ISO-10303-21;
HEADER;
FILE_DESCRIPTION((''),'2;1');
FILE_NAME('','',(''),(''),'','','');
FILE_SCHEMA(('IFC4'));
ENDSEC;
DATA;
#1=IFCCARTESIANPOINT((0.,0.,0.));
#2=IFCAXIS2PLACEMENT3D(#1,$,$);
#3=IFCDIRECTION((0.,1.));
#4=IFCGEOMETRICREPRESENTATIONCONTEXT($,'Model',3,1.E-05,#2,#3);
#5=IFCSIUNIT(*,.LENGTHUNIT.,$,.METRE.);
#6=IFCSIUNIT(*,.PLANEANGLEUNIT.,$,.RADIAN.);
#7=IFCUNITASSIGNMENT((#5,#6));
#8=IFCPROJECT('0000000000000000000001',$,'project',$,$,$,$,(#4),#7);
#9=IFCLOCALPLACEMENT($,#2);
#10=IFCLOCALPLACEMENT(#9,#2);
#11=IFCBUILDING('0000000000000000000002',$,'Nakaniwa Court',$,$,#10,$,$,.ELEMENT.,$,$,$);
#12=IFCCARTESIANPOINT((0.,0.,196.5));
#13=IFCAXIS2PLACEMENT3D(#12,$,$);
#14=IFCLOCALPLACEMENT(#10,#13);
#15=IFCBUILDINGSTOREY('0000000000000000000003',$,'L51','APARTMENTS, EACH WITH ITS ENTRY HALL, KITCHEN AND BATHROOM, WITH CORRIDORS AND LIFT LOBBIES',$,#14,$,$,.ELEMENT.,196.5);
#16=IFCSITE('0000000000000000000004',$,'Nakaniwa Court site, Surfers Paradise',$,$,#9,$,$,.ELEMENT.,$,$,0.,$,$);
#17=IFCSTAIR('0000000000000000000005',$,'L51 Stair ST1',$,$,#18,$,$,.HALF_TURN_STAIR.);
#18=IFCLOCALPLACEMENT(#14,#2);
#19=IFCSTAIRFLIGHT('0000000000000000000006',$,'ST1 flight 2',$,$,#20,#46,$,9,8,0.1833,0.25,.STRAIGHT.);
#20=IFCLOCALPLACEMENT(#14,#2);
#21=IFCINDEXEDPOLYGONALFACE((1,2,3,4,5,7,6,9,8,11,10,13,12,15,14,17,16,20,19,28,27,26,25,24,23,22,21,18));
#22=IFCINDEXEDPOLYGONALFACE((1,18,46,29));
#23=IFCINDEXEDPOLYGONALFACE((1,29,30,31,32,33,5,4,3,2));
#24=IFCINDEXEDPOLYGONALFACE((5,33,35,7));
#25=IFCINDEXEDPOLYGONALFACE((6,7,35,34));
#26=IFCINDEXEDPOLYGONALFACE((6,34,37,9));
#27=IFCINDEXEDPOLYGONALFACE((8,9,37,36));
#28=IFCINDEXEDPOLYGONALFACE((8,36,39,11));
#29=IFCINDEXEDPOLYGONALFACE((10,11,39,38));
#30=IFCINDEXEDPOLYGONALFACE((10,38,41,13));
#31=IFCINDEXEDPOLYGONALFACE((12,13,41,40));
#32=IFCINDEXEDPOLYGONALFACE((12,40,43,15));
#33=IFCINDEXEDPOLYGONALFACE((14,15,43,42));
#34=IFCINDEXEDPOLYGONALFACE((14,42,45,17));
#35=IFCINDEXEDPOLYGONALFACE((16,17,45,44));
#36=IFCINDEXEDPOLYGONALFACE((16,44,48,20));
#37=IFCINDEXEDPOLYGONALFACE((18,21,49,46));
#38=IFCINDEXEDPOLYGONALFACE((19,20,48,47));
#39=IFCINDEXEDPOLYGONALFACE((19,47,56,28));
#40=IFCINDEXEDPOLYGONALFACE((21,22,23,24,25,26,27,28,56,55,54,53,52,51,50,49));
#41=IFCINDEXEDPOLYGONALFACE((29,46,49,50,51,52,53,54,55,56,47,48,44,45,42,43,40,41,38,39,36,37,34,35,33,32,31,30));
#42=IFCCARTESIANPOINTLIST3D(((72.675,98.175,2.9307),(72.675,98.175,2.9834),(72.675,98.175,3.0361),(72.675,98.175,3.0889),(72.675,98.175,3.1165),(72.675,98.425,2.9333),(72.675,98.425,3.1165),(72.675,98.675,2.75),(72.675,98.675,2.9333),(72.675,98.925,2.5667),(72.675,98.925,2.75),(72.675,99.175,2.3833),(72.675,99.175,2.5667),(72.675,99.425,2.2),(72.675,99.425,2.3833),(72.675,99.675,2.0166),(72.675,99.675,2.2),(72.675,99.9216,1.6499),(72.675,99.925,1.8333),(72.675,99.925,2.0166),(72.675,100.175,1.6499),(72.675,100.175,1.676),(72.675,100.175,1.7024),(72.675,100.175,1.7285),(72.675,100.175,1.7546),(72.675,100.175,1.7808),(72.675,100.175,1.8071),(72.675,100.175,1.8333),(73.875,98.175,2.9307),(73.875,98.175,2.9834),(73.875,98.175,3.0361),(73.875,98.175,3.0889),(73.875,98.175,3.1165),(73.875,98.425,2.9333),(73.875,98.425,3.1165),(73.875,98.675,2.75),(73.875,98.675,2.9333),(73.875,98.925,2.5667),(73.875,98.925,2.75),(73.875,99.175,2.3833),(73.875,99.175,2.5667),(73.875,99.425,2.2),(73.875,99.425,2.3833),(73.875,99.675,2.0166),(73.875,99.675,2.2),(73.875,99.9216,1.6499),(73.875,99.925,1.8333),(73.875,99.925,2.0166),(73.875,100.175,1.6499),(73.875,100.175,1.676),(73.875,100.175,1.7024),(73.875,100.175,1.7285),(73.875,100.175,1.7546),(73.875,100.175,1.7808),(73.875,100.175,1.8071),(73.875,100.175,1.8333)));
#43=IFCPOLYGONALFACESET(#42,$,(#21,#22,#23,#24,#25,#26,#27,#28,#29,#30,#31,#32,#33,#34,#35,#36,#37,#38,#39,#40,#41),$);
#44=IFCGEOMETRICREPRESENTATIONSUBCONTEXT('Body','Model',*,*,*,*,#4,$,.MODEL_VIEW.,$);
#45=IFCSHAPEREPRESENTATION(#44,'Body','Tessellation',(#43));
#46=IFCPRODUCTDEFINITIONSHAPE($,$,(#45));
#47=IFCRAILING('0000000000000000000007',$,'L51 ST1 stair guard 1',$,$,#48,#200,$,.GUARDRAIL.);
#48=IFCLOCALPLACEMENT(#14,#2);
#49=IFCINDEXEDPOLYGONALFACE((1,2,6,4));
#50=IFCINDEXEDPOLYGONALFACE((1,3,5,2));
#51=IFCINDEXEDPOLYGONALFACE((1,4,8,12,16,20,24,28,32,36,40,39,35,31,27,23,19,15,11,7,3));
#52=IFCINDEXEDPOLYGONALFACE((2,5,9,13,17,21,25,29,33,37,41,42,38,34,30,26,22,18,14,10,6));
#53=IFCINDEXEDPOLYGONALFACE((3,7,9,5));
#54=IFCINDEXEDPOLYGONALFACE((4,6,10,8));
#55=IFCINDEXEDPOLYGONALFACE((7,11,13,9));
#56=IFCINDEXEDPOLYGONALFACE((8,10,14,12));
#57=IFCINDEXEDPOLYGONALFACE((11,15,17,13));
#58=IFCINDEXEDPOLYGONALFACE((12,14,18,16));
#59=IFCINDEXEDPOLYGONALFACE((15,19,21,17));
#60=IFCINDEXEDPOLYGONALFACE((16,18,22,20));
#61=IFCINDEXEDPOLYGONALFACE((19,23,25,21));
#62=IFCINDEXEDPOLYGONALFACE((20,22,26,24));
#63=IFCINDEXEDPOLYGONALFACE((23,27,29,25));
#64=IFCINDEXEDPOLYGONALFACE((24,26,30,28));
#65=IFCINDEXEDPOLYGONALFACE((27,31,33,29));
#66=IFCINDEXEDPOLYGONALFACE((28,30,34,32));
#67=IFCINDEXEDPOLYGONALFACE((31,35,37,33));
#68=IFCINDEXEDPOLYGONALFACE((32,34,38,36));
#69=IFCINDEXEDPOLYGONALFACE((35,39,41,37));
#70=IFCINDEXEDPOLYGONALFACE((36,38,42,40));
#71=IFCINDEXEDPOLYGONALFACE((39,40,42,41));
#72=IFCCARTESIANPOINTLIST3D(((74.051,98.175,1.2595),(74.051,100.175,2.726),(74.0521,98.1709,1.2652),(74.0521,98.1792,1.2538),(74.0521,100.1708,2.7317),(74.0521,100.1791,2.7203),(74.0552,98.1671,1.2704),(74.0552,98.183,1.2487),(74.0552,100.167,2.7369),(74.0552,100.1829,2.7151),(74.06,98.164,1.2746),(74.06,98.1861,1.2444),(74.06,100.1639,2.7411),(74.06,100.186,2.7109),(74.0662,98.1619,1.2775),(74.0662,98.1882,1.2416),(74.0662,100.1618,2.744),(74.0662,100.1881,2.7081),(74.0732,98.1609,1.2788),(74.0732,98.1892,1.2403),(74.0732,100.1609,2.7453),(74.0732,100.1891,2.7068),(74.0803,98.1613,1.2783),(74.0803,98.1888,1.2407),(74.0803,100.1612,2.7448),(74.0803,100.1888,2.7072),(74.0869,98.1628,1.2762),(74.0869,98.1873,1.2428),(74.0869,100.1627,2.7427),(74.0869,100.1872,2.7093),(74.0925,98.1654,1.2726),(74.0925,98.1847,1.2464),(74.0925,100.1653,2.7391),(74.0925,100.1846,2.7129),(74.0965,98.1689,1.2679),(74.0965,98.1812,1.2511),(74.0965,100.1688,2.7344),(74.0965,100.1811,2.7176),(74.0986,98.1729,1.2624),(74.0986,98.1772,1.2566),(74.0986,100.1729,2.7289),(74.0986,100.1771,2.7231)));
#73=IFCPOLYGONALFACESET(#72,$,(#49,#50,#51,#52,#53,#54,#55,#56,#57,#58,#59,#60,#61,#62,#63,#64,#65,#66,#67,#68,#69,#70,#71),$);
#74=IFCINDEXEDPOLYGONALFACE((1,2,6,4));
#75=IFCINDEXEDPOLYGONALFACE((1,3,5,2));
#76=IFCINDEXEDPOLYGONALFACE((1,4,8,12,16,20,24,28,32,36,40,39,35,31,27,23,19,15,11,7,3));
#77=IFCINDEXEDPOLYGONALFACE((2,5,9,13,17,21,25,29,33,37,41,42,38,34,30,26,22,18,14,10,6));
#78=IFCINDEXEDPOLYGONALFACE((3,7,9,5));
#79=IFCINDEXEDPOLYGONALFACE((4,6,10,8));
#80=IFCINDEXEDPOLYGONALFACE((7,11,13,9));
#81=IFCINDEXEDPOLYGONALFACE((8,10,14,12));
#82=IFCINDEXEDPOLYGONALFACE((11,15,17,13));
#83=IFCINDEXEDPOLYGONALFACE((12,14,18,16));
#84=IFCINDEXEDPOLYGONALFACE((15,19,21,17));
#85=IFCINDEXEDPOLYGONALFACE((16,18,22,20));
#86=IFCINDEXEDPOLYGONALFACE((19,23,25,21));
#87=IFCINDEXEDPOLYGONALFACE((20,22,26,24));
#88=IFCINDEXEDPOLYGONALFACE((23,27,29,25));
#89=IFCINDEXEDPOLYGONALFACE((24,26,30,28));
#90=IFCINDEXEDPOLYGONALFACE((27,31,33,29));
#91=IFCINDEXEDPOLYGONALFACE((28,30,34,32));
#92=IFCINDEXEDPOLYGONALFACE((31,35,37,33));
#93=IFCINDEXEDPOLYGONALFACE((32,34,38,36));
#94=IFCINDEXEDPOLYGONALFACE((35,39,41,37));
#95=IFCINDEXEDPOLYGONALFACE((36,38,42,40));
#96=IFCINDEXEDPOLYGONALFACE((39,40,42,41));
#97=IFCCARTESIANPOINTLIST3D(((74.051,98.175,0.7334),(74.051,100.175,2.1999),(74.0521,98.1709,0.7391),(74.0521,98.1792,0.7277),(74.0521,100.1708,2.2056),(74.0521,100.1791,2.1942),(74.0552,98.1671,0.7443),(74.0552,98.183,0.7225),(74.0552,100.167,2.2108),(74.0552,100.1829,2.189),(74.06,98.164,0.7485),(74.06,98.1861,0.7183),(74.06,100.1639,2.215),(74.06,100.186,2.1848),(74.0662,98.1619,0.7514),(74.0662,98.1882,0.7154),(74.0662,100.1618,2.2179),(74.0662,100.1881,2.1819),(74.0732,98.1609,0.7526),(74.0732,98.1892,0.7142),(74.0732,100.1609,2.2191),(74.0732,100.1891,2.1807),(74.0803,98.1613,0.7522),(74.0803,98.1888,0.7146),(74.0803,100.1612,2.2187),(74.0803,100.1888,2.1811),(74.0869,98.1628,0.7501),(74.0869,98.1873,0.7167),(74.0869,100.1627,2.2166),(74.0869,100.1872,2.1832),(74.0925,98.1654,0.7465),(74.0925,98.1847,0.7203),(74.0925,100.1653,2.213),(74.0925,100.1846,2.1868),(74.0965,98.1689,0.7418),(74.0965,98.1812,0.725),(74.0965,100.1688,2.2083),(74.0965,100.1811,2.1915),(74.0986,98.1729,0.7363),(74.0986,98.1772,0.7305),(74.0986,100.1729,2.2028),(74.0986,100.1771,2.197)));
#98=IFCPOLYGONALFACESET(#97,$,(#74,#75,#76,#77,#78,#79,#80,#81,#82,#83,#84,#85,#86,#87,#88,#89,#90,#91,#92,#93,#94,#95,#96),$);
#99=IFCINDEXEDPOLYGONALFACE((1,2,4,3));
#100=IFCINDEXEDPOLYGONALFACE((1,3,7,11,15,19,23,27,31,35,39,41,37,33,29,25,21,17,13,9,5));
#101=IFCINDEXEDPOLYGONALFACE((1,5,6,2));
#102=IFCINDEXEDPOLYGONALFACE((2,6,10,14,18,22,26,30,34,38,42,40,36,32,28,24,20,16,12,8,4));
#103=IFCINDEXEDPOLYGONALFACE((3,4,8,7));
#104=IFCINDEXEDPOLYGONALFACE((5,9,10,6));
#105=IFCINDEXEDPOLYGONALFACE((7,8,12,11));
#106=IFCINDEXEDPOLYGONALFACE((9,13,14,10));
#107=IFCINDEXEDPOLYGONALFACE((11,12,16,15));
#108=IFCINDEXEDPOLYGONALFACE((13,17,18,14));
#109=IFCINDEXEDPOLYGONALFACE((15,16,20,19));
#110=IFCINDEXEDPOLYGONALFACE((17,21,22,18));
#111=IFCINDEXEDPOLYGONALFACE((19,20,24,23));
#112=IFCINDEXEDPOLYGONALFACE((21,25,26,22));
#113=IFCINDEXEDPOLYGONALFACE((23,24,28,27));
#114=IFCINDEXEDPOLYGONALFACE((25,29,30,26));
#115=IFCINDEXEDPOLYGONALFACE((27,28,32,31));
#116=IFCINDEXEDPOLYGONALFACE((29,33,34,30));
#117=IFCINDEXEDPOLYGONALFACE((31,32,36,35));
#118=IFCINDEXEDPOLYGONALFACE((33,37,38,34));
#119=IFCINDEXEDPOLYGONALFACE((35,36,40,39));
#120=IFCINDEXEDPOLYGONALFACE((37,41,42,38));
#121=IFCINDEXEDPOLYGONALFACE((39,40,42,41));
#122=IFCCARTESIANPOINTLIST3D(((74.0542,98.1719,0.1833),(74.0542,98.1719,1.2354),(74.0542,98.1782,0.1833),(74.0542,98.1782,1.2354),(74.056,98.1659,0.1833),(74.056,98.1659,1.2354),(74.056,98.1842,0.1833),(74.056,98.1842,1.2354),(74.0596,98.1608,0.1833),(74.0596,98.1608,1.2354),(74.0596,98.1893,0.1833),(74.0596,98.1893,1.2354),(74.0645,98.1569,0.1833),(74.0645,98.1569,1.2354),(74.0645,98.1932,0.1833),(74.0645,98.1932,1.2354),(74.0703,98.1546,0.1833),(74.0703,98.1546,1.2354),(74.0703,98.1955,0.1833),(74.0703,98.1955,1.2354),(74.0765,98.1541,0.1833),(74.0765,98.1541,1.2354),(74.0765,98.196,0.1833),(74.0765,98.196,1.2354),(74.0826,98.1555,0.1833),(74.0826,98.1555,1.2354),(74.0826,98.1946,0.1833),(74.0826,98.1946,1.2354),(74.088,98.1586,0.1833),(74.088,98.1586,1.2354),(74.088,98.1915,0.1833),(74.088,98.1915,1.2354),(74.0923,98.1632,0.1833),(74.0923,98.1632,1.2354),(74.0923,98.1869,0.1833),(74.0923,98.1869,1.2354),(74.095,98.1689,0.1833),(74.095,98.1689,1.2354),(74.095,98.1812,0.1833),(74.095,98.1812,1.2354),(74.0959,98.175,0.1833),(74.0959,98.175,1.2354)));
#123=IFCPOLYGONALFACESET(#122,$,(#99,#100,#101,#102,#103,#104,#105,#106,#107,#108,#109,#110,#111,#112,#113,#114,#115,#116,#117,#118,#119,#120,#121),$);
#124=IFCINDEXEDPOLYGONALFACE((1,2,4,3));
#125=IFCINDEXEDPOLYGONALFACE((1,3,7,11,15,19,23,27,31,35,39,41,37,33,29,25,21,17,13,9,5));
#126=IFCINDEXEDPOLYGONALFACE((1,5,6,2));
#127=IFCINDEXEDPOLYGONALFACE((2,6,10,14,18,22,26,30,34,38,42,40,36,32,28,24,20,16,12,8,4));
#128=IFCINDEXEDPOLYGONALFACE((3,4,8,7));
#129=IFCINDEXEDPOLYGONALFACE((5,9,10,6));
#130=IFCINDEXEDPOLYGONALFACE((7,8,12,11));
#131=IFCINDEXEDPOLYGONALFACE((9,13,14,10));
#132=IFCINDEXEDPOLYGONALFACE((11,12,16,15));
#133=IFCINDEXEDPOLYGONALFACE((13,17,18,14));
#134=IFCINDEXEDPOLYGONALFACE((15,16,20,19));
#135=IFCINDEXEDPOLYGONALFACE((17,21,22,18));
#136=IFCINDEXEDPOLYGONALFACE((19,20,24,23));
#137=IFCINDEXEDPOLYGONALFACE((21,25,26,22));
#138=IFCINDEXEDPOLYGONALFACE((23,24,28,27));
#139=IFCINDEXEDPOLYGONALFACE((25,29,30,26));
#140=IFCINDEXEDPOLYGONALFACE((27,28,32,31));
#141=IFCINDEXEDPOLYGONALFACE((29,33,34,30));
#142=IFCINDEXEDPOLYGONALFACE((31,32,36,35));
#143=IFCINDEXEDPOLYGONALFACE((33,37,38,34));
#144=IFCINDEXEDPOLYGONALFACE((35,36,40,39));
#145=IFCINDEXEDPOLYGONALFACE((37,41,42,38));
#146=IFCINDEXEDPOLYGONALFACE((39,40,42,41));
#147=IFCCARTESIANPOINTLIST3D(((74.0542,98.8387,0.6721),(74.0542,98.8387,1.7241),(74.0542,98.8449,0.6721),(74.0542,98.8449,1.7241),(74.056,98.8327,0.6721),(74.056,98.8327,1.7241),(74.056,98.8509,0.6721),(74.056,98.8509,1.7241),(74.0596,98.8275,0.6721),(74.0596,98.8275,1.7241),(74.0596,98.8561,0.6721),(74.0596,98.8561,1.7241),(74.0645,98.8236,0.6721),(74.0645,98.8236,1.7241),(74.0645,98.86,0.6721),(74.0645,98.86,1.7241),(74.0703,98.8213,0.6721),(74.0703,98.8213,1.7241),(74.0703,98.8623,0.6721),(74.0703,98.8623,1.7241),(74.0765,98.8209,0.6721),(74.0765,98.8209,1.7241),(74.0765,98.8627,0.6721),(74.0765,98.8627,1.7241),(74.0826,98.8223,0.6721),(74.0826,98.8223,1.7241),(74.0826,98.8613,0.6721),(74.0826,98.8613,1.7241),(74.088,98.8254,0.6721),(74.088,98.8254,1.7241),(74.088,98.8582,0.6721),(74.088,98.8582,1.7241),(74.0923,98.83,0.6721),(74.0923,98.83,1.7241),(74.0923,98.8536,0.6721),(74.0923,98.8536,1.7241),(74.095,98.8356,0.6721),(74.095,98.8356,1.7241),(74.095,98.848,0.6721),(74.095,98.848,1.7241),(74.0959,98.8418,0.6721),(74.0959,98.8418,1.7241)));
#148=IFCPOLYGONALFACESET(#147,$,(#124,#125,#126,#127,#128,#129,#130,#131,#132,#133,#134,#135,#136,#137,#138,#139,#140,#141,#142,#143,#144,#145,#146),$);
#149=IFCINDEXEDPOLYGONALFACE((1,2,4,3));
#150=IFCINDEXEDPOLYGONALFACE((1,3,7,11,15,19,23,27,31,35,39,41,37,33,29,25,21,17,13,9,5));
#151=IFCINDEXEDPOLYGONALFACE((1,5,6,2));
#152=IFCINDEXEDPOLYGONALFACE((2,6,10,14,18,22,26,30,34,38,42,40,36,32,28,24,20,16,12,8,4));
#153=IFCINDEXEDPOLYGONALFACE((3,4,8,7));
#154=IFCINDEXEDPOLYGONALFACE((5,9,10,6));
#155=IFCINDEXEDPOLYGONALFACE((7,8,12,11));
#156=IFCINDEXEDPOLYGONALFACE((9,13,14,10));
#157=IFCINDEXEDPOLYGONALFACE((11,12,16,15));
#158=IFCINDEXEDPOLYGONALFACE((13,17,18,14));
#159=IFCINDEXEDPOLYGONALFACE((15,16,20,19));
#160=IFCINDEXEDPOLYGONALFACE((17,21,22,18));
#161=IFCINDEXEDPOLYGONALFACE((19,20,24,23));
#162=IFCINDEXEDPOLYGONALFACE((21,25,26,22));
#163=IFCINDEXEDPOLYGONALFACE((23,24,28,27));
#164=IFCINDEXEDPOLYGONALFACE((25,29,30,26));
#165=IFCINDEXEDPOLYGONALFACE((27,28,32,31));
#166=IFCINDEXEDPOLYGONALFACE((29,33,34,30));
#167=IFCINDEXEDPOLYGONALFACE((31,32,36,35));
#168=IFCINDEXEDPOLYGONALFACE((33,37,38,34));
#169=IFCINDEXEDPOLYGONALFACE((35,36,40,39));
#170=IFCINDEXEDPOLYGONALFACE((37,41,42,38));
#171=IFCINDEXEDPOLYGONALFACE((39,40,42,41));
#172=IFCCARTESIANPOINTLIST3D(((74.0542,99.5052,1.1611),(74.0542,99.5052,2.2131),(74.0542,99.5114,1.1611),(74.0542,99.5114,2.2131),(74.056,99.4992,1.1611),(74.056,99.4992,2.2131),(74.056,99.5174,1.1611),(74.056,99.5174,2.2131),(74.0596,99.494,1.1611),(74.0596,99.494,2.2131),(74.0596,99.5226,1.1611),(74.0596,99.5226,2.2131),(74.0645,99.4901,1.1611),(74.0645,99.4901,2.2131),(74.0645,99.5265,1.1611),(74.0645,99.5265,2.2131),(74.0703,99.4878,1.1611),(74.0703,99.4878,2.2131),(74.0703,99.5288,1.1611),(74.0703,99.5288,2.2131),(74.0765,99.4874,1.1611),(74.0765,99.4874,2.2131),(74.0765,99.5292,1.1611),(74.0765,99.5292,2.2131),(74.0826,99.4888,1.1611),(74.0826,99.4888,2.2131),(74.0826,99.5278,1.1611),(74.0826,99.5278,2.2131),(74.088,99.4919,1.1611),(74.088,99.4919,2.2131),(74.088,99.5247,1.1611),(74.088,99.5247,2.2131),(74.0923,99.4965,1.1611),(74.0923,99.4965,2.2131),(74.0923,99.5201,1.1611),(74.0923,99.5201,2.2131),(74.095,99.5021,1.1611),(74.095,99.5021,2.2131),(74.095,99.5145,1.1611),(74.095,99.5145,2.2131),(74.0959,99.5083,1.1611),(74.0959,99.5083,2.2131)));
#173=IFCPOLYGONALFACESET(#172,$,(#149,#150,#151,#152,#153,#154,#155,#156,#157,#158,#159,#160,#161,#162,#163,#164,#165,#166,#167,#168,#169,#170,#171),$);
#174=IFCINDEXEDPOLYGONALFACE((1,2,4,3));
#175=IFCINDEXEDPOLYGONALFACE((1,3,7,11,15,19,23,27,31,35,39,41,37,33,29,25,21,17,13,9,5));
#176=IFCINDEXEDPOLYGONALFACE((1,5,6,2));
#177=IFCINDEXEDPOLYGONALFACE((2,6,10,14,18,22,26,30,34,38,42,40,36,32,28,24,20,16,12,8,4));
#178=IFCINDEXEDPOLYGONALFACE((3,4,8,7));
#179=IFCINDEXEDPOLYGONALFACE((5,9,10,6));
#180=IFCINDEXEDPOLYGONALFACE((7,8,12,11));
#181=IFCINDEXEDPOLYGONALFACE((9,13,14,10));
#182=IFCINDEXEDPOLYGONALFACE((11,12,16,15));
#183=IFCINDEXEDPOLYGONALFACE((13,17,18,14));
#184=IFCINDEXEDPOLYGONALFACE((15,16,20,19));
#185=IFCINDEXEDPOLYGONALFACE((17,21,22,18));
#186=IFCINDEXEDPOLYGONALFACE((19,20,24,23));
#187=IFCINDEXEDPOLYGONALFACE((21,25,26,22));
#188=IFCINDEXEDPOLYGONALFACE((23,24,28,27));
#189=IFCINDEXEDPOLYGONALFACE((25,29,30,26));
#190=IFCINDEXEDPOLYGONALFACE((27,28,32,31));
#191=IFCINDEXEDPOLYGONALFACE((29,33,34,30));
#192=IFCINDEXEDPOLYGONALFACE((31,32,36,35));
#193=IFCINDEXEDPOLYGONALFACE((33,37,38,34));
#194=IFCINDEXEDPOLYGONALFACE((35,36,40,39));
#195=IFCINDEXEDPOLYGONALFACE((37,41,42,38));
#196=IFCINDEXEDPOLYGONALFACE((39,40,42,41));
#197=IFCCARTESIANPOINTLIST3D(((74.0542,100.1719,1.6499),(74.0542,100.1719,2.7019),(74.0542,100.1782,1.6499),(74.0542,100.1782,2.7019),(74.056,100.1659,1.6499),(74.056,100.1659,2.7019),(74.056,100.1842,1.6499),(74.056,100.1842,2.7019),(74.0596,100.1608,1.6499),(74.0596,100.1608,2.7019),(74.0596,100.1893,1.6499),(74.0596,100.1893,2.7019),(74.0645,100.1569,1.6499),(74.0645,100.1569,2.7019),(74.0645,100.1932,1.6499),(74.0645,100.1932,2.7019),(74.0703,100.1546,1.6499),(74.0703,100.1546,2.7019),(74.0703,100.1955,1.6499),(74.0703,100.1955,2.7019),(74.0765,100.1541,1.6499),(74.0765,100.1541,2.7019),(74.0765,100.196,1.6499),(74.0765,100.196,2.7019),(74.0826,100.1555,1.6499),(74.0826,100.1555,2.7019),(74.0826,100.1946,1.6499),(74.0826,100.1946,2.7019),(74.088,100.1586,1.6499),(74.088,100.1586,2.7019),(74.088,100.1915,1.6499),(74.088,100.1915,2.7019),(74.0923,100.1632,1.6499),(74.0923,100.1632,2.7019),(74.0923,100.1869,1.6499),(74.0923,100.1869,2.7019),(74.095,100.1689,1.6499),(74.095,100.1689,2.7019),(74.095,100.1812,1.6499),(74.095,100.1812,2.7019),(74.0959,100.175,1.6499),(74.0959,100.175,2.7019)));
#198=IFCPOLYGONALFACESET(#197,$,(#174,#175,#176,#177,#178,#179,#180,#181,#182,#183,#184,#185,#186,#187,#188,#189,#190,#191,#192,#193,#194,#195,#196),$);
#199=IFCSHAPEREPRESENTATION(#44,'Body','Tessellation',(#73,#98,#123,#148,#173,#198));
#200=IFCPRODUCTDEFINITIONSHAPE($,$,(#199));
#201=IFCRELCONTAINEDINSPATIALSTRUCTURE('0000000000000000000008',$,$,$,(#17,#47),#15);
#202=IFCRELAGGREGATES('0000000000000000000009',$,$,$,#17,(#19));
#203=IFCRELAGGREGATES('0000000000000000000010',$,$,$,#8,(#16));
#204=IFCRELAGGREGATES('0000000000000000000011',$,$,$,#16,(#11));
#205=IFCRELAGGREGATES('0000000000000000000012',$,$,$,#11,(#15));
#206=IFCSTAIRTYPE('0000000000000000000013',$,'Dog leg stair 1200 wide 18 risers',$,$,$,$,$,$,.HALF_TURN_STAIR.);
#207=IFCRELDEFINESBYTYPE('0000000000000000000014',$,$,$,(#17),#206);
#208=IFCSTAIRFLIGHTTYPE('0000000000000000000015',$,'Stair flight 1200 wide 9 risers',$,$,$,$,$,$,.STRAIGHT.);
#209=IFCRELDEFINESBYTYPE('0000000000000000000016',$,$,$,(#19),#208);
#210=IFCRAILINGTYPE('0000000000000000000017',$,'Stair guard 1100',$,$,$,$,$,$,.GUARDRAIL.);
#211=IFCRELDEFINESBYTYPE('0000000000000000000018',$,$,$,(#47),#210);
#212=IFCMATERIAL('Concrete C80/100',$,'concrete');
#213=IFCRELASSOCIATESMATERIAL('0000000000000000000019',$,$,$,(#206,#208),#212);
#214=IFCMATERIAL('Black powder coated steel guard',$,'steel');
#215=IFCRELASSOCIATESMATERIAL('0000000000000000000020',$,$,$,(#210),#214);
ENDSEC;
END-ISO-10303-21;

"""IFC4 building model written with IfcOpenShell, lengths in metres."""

from ifc_helpers import new_model, si_unit, direction, frame, origin, origin_2d, place, context, subcontext, project, spatial, polyline, circle, outline, extrude, material, type_object, element, aggregate, save


model = new_model("IFC4")

# Units and contexts
model_context = context("Model", 3, precision=1e-05, world=origin(), true_north=direction((0.0, 1.0)))
body_context = subcontext(model_context, "Body", "Model", "MODEL_VIEW")
ifc_project = project(units=[si_unit("LENGTHUNIT", "METRE"), si_unit("PLANEANGLEUNIT", "RADIAN")], contexts=[model_context])

# Site, building, storey
site_placement = place(None, origin())
site = spatial("IfcSite", under=ifc_project, at=site_placement, Name="Nakaniwa Court site, Surfers Paradise", CompositionType="ELEMENT", RefElevation=0.0)
building_placement = place(site_placement, origin())
building = spatial("IfcBuilding", under=site, at=building_placement, Name="Nakaniwa Court", CompositionType="ELEMENT")
storey_placement = place(building_placement, frame((0.0, 0.0, 196.5)))
storey = spatial("IfcBuildingStorey", under=building, at=storey_placement, Name="L51", Description="APARTMENTS, EACH WITH ITS ENTRY HALL, KITCHEN AND BATHROOM, WITH CORRIDORS AND LIFT LOBBIES", CompositionType="ELEMENT", Elevation=196.5)

# Shared definitions
ifc_material_1 = material(Name="Concrete C80/100", Category="concrete")

# Stair, stair flight
stair_type = type_object("IfcStairType", Name="Dog leg stair 1200 wide 18 risers", PredefinedType="HALF_TURN_STAIR", material=ifc_material_1)
stair_placement = place(storey_placement, origin())
stair = element("IfcStair", 1, at=stair_placement, inside=storey, type_object=stair_type, Name="L51 Stair ST1", PredefinedType="HALF_TURN_STAIR")
stair_flight_type = type_object("IfcStairFlightType", Name="Stair flight 1200 wide 9 risers", PredefinedType="STRAIGHT", material=ifc_material_1)
stair_flight_1_placement = place(storey_placement, frame((73.2749, 100.175, 1.6499), z_axis=(0.0, 0.0, 1.0), x_axis=(0.0, -1.0, 0.0)))
stair_flight_1 = element("IfcStairFlight", 2, at=stair_flight_1_placement, type_object=stair_flight_type, Name="ST1 flight 2", NumberOfRisers=9, NumberOfTreads=8, PredefinedType="STRAIGHT", RiserHeight=0.1833, TreadLength=0.25, context=body_context, shape_type="SweptSolid", body=[
    extrude(outline(polyline([(0.0, 0.0), (0.0, 0.0261), (0.0, 0.0525), (0.0, 0.0786), (0.0, 0.1047), (0.0, 0.1309), (0.0, 0.1572), (0.0, 0.1833), (0.25, 0.1833), (0.25, 0.3667), (0.5, 0.3667), (0.5, 0.55), (0.75, 0.55), (0.75, 0.7334), (1.0, 0.7334), (1.0, 0.9167), (1.25, 0.9167), (1.25, 1.1001), (1.5, 1.1001), (1.5, 1.2834), (1.75, 1.2834), (1.75, 1.4666), (2.0, 1.4666), (2.0, 1.6499), (2.0, 1.5972), (2.0, 1.5444), (2.0, 1.4917), (2.0, 1.439), (2.0, 1.3862), (2.0, 1.3335), (2.0, 1.2808), (0.2534, 0.0), (0.0, 0.0)])), frame((0.0, 0.6001, 0.0), z_axis=(0.0, -1.0, 0.0), x_axis=(1.0, 0.0, 0.0)), (0.0, 0.0, 1.0), 1.2),
])
aggregate(stair, [stair_flight_1])

# Railing
ifc_material_2 = material(Name="Black powder coated steel guard", Category="steel")
railing_type_1 = type_object("IfcRailingType", Name="Stair guard 1100", PredefinedType="GUARDRAIL", material=ifc_material_2)
railing_1_placement = place(storey_placement, frame((74.075, 98.175, 0.1833)))
element("IfcRailing", 3, at=railing_1_placement, inside=storey, type_object=railing_type_1, Name="L51 ST1 stair guard 1", PredefinedType="GUARDRAIL", context=body_context, shape_type="SweptSolid", body=[
    extrude(circle(Radius=0.0239, at=origin_2d()), frame((0.0, 0.0, 1.0762), z_axis=(0.0, 0.806427, 0.591334), x_axis=(-1.0, 0.0, 0.0)), (0.0, 0.0, 1.0), 2.48),
    extrude(circle(Radius=0.0239, at=origin_2d()), frame((0.0, 0.0, 0.55), z_axis=(0.0, 0.806427, 0.591334), x_axis=(-1.0, 0.0, 0.0)), (0.0, 0.0, 1.0), 2.48),
    extrude(circle(Radius=0.021, at=origin_2d()), origin(), (0.0, 0.0, 1.0), 1.052),
    extrude(circle(Radius=0.021, at=origin_2d()), frame((0.0, 0.6667, 0.4888)), (0.0, 0.0, 1.0), 1.052),
    extrude(circle(Radius=0.021, at=origin_2d()), frame((0.0, 1.3333, 0.9778)), (0.0, 0.0, 1.0), 1.052),
    extrude(circle(Radius=0.021, at=origin_2d()), frame((0.0, 2.0, 1.4666)), (0.0, 0.0, 1.0), 1.052),
])

save(model, "model.ifc")
